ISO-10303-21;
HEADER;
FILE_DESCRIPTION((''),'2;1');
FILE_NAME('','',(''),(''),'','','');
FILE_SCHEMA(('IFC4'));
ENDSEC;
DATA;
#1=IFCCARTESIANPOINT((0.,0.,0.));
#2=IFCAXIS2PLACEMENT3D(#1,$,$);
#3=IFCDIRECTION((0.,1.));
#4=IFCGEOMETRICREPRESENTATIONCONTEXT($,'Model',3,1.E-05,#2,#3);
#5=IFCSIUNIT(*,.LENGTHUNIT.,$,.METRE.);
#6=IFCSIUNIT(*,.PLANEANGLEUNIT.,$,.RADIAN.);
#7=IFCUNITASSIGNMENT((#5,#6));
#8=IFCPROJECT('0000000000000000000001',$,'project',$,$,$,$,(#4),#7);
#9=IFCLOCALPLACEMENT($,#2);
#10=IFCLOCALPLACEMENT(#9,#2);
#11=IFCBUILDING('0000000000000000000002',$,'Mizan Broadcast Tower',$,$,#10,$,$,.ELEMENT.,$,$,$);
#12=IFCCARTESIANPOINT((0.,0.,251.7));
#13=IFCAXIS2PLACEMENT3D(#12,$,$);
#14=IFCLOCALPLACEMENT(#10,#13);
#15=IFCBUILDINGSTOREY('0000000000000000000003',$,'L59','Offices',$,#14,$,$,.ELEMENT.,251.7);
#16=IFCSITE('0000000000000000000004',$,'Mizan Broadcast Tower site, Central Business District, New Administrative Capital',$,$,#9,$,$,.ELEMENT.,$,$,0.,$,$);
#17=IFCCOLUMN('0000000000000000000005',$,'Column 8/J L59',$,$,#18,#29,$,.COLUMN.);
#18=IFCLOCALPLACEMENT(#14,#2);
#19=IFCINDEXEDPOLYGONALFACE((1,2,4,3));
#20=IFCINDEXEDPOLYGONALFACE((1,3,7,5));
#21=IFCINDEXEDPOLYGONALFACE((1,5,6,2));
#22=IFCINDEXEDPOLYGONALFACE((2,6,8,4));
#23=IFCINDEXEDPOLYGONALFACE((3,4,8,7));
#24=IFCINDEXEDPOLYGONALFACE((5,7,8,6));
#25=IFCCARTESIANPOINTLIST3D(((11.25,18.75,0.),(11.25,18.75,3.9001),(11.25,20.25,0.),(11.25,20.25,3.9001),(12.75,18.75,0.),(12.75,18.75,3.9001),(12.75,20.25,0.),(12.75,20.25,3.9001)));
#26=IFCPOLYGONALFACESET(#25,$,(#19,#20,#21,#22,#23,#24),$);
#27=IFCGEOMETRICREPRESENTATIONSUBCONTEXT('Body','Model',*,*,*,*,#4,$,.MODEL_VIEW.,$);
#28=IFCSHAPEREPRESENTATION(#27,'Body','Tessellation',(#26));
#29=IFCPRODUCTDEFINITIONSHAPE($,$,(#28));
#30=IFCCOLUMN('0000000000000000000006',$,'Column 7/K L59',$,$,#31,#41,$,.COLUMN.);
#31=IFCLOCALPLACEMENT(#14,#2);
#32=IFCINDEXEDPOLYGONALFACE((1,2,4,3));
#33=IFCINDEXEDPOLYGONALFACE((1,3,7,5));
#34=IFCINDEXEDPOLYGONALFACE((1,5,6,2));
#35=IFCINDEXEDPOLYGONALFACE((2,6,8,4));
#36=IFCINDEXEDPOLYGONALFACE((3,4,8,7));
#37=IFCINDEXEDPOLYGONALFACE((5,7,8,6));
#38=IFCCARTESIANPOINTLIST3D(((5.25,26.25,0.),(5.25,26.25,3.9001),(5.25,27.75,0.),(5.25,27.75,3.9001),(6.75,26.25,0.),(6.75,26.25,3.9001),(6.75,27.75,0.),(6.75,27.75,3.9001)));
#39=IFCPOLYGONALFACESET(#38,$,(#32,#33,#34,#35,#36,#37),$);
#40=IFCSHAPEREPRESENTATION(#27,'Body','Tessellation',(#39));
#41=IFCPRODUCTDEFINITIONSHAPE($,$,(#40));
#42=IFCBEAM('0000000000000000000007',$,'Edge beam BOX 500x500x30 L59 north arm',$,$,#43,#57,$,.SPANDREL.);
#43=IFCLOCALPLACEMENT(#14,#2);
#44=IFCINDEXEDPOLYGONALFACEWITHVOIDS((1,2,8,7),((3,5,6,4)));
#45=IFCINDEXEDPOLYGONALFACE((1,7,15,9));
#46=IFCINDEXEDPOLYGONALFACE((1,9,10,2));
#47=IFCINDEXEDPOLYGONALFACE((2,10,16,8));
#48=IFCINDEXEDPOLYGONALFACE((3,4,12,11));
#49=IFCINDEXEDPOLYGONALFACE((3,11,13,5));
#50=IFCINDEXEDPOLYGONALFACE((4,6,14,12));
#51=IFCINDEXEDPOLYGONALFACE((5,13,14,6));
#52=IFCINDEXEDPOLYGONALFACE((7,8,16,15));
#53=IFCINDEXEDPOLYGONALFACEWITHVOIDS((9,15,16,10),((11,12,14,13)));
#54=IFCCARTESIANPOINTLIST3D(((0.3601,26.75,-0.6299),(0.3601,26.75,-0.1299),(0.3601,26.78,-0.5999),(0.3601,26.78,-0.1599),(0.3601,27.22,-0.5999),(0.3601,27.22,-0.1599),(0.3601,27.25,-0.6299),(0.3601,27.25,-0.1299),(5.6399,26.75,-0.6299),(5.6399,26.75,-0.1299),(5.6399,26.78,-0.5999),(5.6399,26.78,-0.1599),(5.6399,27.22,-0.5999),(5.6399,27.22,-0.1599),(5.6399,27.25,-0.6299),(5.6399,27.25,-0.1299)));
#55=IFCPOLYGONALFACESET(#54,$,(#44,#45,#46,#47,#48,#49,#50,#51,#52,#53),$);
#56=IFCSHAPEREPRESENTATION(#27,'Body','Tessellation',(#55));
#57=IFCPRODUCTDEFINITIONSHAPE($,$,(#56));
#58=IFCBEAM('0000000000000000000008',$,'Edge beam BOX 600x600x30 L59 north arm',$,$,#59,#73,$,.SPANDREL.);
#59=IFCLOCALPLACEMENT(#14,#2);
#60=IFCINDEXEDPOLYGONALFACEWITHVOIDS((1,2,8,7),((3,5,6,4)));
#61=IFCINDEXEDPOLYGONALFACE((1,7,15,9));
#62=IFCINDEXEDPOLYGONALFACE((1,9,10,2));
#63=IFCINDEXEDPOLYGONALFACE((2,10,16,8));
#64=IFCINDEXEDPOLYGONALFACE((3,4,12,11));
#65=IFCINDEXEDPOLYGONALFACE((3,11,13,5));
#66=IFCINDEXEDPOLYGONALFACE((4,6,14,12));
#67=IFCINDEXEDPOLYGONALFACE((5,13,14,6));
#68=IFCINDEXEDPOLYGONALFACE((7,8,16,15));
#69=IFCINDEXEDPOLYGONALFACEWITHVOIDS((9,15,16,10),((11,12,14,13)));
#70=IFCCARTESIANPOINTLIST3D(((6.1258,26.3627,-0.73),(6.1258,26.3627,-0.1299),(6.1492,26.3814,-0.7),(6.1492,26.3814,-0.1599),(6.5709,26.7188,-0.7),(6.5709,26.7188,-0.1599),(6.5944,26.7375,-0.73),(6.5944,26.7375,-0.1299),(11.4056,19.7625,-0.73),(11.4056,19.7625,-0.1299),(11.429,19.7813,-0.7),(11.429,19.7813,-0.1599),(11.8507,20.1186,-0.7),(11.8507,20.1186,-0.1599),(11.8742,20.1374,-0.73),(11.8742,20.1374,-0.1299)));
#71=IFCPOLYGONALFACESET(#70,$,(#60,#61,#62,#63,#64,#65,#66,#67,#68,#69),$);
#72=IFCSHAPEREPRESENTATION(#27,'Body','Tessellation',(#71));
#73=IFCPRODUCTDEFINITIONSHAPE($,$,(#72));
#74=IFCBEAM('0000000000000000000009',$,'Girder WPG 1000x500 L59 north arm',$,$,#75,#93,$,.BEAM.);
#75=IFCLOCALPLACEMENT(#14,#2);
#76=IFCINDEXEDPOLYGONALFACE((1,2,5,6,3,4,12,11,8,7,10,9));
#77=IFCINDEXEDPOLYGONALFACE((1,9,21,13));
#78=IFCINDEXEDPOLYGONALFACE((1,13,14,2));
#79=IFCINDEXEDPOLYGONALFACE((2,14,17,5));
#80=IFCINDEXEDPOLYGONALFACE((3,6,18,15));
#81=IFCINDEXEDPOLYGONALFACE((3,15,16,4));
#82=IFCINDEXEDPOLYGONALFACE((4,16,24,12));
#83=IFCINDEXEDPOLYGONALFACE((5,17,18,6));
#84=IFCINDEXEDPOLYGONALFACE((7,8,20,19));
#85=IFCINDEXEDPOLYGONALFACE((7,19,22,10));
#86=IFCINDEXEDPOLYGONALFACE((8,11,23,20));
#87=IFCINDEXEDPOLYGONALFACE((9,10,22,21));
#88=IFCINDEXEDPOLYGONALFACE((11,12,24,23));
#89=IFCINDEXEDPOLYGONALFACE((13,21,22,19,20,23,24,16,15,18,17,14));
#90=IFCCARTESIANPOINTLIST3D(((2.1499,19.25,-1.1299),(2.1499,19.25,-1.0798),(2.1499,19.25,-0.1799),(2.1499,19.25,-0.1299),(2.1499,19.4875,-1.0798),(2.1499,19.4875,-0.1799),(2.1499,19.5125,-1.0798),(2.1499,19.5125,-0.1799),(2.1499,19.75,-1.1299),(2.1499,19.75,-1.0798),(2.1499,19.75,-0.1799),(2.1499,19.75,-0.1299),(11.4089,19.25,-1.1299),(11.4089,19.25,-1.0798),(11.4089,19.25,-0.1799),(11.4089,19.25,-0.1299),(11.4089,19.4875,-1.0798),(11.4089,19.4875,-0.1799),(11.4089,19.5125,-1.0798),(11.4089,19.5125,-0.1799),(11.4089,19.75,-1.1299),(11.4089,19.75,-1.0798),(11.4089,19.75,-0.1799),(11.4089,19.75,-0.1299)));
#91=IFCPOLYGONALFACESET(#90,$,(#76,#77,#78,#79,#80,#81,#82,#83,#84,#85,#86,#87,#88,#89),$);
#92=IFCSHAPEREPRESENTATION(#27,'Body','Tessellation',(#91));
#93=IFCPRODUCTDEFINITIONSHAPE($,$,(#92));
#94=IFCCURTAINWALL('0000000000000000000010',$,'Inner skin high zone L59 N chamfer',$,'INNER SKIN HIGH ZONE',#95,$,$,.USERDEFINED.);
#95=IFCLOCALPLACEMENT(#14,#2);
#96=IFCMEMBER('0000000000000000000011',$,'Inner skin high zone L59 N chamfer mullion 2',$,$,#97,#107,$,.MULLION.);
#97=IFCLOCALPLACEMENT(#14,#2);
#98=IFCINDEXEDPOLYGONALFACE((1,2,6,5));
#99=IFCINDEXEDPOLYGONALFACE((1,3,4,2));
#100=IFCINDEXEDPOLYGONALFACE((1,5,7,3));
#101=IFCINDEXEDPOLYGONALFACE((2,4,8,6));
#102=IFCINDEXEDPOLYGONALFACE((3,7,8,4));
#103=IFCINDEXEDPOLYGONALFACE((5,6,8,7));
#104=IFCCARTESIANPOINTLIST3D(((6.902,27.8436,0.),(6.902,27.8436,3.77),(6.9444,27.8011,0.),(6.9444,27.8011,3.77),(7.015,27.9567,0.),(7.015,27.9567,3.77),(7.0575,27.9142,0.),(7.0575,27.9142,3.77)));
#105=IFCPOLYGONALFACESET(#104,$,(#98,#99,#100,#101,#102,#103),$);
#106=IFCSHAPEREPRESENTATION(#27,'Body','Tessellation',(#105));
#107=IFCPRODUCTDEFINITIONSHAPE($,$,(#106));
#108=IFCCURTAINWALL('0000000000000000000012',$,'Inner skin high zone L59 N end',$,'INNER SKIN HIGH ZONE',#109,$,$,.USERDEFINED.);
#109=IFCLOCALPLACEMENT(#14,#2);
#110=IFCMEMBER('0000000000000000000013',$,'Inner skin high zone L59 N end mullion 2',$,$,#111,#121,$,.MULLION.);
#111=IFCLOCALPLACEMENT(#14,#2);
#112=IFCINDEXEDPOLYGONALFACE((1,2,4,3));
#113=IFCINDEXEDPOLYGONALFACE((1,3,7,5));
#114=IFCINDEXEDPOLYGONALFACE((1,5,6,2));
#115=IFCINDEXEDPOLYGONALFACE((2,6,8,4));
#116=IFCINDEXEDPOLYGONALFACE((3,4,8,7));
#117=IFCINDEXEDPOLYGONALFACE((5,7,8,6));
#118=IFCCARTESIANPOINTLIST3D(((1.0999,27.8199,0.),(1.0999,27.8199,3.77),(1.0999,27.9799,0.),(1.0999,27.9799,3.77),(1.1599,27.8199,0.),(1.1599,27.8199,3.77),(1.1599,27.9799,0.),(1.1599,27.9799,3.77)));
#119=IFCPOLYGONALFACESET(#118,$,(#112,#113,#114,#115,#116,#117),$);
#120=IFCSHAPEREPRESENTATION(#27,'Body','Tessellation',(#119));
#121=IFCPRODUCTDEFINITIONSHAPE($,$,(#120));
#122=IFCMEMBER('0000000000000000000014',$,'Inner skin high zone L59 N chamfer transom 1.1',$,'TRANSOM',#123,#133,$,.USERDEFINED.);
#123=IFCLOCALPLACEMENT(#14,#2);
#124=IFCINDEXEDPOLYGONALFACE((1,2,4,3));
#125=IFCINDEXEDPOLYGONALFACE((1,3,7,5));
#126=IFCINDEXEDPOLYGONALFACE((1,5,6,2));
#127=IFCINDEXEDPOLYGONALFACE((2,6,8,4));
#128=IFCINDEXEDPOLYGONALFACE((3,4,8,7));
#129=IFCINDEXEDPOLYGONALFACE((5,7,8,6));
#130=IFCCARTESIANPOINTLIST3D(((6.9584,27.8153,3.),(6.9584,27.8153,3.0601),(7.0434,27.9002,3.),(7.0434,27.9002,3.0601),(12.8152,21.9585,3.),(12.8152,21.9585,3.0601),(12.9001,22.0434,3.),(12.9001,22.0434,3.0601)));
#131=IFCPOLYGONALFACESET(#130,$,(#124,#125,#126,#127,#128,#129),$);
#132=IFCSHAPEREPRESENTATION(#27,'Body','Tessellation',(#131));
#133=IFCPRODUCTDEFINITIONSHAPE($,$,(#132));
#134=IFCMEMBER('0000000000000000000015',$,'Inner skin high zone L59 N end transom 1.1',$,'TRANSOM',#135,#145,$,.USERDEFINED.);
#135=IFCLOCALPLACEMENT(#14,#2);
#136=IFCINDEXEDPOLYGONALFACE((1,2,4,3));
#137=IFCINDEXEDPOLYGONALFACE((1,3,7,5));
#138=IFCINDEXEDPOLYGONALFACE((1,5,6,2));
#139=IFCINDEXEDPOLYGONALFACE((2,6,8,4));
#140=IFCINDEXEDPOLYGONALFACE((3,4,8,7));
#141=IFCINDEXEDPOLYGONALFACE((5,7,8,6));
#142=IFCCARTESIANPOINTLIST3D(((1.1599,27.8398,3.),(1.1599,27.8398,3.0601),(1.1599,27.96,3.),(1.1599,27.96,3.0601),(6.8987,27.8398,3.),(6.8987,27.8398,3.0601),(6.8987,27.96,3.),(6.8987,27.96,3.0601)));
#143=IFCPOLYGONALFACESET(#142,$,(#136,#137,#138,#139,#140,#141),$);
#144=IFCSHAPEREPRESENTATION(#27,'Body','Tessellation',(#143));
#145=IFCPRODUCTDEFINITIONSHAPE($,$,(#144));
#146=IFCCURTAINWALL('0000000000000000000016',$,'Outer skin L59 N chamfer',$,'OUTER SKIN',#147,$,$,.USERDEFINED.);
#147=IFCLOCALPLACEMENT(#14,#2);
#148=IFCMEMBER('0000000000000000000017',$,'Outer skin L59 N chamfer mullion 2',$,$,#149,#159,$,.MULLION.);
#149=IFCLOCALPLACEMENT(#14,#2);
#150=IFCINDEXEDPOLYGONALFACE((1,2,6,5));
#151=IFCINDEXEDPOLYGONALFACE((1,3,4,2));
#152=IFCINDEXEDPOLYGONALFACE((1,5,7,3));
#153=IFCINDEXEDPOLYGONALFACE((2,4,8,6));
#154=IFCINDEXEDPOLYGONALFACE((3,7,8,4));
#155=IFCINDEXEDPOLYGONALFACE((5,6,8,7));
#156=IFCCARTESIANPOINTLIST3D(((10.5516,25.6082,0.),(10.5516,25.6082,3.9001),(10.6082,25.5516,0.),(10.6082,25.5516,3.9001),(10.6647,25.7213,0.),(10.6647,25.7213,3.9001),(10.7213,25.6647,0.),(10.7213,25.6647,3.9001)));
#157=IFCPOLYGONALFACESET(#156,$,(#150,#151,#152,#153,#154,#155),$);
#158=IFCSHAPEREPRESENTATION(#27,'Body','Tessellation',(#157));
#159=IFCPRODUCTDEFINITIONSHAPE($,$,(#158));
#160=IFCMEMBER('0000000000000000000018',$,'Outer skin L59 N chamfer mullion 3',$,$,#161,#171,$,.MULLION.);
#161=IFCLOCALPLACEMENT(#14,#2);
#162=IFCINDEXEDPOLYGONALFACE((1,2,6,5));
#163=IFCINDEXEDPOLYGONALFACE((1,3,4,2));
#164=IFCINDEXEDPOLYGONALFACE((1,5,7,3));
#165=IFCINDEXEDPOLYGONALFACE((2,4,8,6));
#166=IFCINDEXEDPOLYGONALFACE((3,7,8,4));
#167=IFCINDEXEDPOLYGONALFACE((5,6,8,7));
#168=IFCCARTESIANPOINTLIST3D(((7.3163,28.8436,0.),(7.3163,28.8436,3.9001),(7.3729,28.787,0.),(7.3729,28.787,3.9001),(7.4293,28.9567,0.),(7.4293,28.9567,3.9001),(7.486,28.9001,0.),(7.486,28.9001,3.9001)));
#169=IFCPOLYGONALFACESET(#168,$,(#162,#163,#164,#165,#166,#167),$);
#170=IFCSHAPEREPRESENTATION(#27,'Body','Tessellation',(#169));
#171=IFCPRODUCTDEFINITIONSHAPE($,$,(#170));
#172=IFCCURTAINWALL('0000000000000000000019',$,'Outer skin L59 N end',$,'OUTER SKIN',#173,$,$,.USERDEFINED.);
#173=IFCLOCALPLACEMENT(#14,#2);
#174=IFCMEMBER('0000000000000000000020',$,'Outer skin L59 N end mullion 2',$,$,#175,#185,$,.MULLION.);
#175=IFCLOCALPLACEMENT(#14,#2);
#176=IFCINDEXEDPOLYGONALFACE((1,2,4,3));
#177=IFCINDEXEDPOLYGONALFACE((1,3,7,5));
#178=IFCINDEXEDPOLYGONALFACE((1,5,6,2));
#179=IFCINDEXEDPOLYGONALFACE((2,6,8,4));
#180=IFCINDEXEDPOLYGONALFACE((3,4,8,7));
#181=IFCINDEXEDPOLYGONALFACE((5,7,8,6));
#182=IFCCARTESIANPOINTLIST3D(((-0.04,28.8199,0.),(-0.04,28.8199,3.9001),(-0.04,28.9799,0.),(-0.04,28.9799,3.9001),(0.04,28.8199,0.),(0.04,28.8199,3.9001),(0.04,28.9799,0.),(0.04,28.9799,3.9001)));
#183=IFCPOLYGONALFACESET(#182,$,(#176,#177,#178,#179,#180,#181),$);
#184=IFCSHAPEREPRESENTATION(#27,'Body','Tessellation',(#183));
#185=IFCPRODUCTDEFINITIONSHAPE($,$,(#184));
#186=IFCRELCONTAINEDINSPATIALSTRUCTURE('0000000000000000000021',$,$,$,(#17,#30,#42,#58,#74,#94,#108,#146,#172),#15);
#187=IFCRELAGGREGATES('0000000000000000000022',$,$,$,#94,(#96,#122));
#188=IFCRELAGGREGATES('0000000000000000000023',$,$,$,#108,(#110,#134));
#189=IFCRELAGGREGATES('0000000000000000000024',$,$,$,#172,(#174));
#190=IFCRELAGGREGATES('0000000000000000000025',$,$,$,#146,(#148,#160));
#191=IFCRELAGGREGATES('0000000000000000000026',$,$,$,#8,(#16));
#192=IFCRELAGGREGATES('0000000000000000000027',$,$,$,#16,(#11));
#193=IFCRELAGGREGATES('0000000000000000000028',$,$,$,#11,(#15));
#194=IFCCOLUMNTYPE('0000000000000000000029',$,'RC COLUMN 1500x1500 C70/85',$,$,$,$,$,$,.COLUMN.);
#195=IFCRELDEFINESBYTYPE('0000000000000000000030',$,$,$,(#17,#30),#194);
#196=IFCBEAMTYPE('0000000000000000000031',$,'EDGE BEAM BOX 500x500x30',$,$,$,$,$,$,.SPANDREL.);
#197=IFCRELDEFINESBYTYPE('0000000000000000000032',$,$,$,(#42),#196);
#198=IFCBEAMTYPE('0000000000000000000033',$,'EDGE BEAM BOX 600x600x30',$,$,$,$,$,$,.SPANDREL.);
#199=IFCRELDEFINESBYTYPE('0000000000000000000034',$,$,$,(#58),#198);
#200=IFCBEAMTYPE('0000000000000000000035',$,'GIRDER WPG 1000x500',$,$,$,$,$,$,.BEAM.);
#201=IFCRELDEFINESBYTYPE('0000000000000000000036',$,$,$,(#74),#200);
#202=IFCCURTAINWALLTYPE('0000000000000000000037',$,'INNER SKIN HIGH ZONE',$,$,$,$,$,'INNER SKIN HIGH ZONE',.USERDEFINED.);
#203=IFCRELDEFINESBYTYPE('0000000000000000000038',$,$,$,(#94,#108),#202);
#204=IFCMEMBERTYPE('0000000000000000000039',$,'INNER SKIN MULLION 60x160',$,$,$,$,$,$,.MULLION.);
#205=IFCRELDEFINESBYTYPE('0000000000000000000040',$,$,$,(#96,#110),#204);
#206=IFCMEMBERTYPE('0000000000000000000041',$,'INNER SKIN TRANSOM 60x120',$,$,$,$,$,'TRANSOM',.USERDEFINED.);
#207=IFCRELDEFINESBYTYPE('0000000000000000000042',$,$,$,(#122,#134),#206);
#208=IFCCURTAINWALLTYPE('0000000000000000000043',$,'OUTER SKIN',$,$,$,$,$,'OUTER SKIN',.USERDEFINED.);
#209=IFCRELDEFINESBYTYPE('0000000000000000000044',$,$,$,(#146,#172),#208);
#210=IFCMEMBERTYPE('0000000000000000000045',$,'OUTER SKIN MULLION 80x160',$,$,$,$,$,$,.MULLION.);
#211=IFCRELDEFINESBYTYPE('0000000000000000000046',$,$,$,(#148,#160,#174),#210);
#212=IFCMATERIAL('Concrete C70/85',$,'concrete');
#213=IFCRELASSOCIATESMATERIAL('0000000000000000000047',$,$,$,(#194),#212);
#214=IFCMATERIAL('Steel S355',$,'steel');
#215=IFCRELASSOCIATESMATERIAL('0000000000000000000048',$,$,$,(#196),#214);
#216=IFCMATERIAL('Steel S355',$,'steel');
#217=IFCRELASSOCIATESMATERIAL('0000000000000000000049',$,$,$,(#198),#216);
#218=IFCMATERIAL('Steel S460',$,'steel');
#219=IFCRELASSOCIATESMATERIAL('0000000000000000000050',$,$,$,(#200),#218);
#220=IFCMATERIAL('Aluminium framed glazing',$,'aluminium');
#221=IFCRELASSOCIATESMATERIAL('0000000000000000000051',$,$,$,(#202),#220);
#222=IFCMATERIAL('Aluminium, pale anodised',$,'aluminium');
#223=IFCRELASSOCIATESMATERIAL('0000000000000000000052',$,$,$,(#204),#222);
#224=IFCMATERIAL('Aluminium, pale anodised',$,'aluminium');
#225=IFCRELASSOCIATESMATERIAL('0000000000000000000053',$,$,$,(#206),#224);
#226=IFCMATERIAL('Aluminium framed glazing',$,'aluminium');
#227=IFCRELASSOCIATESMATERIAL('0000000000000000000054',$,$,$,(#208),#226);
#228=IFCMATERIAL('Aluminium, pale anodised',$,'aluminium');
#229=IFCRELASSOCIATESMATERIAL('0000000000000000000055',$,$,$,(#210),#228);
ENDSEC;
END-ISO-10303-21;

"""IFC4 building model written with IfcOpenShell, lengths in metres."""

from ifc_helpers import new_model, si_unit, direction, frame, origin, origin_2d, place, context, subcontext, project, spatial, rectangle, hollow_rectangle, i_section, extrude, material, material_profile, profile_set, type_object, element, aggregate, save


model = new_model("IFC4")

# Units and contexts
model_context = context("Model", 3, precision=1e-05, world=origin(), true_north=direction((0.0, 1.0)))
body_context = subcontext(model_context, "Body", "Model", "MODEL_VIEW")
ifc_project = project(units=[si_unit("LENGTHUNIT", "METRE"), si_unit("PLANEANGLEUNIT", "RADIAN")], contexts=[model_context])

# Site, building, storey
site_placement = place(None, origin())
site = spatial("IfcSite", under=ifc_project, at=site_placement, Name="Mizan Broadcast Tower site, Central Business District, New Administrative Capital", CompositionType="ELEMENT", RefElevation=0.0)
building_placement = place(site_placement, origin())
building = spatial("IfcBuilding", under=site, at=building_placement, Name="Mizan Broadcast Tower", CompositionType="ELEMENT")
storey_placement = place(building_placement, frame((0.0, 0.0, 251.7)))
storey = spatial("IfcBuildingStorey", under=building, at=storey_placement, Name="L59", Description="Offices", CompositionType="ELEMENT", Elevation=251.7)

# Columns
ifc_material_1 = material(Name="Concrete C70/85", Category="concrete")
ifc_material_profile_1 = material_profile(ifc_material_1, rectangle(XDim=1.5, YDim=1.5, at=origin_2d()), Name="RC 1500x1500")
ifc_profile_set_1 = profile_set([ifc_material_profile_1], Name="Concrete C70/85")
column_type = type_object("IfcColumnType", Name="RC COLUMN 1500x1500 C70/85", PredefinedType="COLUMN", material=ifc_profile_set_1)
for number, where, z_axis, x_axis, name in (
    (1, (12.0, 19.5, 0.0), (0.0, 0.0, 1.0), (1.0, 0.0, 0.0), "Column 8/J L59"),
    (2, (6.0, 27.0, 0.0), (0.0, 0.0, 1.0), (1.0, 0.0, 0.0), "Column 7/K L59"),
):
    element("IfcColumn", number, at=place(storey_placement, frame(where, z_axis=z_axis, x_axis=x_axis)), inside=storey, type_object=column_type, Name=name, PredefinedType="COLUMN", context=body_context, shape_type="SweptSolid", body=[
        extrude(rectangle(XDim=1.5, YDim=1.5, at=origin_2d()), origin(), (0.0, 0.0, 1.0), 3.9001),
    ])

# Beams
ifc_material_2 = material(Name="Steel S355", Category="steel")
ifc_material_profile_2 = material_profile(ifc_material_2, hollow_rectangle(XDim=0.5, YDim=0.5, WallThickness=0.03, at=origin_2d()), Name="BOX 500x500x30")
ifc_profile_set_2 = profile_set([ifc_material_profile_2], Name="Steel S355")
beam_type_1 = type_object("IfcBeamType", Name="EDGE BEAM BOX 500x500x30", PredefinedType="SPANDREL", material=ifc_profile_set_2)
beam_1_placement = place(storey_placement, frame((5.6399, 27.0, -0.3799), z_axis=(-1.0, 0.0, 0.0), x_axis=(0.0, -1.0, 0.0)))
element("IfcBeam", 3, at=beam_1_placement, inside=storey, type_object=beam_type_1, Name="Edge beam BOX 500x500x30 L59 north arm", PredefinedType="SPANDREL", context=body_context, shape_type="SweptSolid", body=[
    extrude(hollow_rectangle(XDim=0.5, YDim=0.5, WallThickness=0.03, at=origin_2d()), origin(), (0.0, 0.0, 1.0), 5.2798),
])
ifc_material_3 = material(Name="Steel S355", Category="steel")
ifc_material_profile_3 = material_profile(ifc_material_3, hollow_rectangle(XDim=0.6001, YDim=0.6001, WallThickness=0.03, at=origin_2d()), Name="BOX 600x600x30")
ifc_profile_set_3 = profile_set([ifc_material_profile_3], Name="Steel S355")
beam_type_2 = type_object("IfcBeamType", Name="EDGE BEAM BOX 600x600x30", PredefinedType="SPANDREL", material=ifc_profile_set_3)
beam_2_placement = place(storey_placement, frame((11.6399, 19.95, -0.4299), z_axis=(-0.624674, 0.780886, 0.0), x_axis=(-0.780886, -0.624674, 0.0)))
element("IfcBeam", 4, at=beam_2_placement, inside=storey, type_object=beam_type_2, Name="Edge beam BOX 600x600x30 L59 north arm", PredefinedType="SPANDREL", context=body_context, shape_type="SweptSolid", body=[
    extrude(hollow_rectangle(XDim=0.6001, YDim=0.6001, WallThickness=0.03, at=origin_2d()), origin(), (0.0, 0.0, 1.0), 8.4521),
])
ifc_material_4 = material(Name="Steel S460", Category="steel")
ifc_material_profile_4 = material_profile(ifc_material_4, i_section(OverallWidth=0.5, OverallDepth=1.0, WebThickness=0.0249, FlangeThickness=0.05, at=origin_2d()), Name="WPG 1000x500")
ifc_profile_set_4 = profile_set([ifc_material_profile_4], Name="Steel S460")
beam_type_3 = type_object("IfcBeamType", Name="GIRDER WPG 1000x500", PredefinedType="BEAM", material=ifc_profile_set_4)
beam_3_placement = place(storey_placement, frame((11.4089, 19.5, -0.6299), z_axis=(-1.0, 0.0, 0.0), x_axis=(0.0, -1.0, 0.0)))
element("IfcBeam", 5, at=beam_3_placement, inside=storey, type_object=beam_type_3, Name="Girder WPG 1000x500 L59 north arm", PredefinedType="BEAM", context=body_context, shape_type="SweptSolid", body=[
    extrude(i_section(OverallWidth=0.5, OverallDepth=1.0, WebThickness=0.0249, FlangeThickness=0.05, at=origin_2d()), origin(), (0.0, 0.0, 1.0), 9.259),
])

# Curtain walls, members
ifc_material_5 = material(Name="Aluminium framed glazing", Category="aluminium")
curtain_wall_type_1 = type_object("IfcCurtainWallType", Name="INNER SKIN HIGH ZONE", ElementType="INNER SKIN HIGH ZONE", PredefinedType="USERDEFINED", material=ifc_material_5)
curtain_wall_1_placement = place(storey_placement, origin())
curtain_wall_1 = element("IfcCurtainWall", 6, at=curtain_wall_1_placement, inside=storey, type_object=curtain_wall_type_1, Name="Inner skin high zone L59 N chamfer", ObjectType="INNER SKIN HIGH ZONE", PredefinedType="USERDEFINED")
ifc_material_6 = material(Name="Aluminium, pale anodised", Category="aluminium")
ifc_material_profile_5 = material_profile(ifc_material_6, rectangle(XDim=0.1599, YDim=0.0601, at=origin_2d()), Name="MULLION 160x60")
ifc_profile_set_5 = profile_set([ifc_material_profile_5], Name="Aluminium, pale anodised")
member_type_1 = type_object("IfcMemberType", Name="INNER SKIN MULLION 60x160", PredefinedType="MULLION", material=ifc_profile_set_5)
member_1_placement = place(storey_placement, frame((6.9797, 27.8789, 0.0), z_axis=(0.0, 0.0, 1.0), x_axis=(-0.707107, -0.707107, 0.0)))
member_1 = element("IfcMember", 7, at=member_1_placement, type_object=member_type_1, Name="Inner skin high zone L59 N chamfer mullion 2", PredefinedType="MULLION", context=body_context, shape_type="SweptSolid", body=[
    extrude(rectangle(XDim=0.1599, YDim=0.0601, at=origin_2d()), origin(), (0.0, 0.0, 1.0), 3.77),
])
curtain_wall_2_placement = place(storey_placement, origin())
curtain_wall_2 = element("IfcCurtainWall", 8, at=curtain_wall_2_placement, inside=storey, type_object=curtain_wall_type_1, Name="Inner skin high zone L59 N end", ObjectType="INNER SKIN HIGH ZONE", PredefinedType="USERDEFINED")
member_2_placement = place(storey_placement, frame((1.1299, 27.8999, 0.0), z_axis=(0.0, 0.0, 1.0), x_axis=(0.0, -1.0, 0.0)))
member_2 = element("IfcMember", 9, at=member_2_placement, type_object=member_type_1, Name="Inner skin high zone L59 N end mullion 2", PredefinedType="MULLION", context=body_context, shape_type="SweptSolid", body=[
    extrude(rectangle(XDim=0.1599, YDim=0.0601, at=origin_2d()), origin(), (0.0, 0.0, 1.0), 3.77),
])

# Members
ifc_material_7 = material(Name="Aluminium, pale anodised", Category="aluminium")
ifc_material_profile_6 = material_profile(ifc_material_7, rectangle(XDim=0.1201, YDim=0.0601, at=origin_2d()), Name="TRANSOM 120x60")
ifc_profile_set_6 = profile_set([ifc_material_profile_6], Name="Aluminium, pale anodised")
member_type_2 = type_object("IfcMemberType", Name="INNER SKIN TRANSOM 60x120", ElementType="TRANSOM", PredefinedType="USERDEFINED", material=ifc_profile_set_6)
member_3_placement = place(storey_placement, frame((12.8577, 22.001, 3.03), z_axis=(-0.707107, 0.707107, 0.0), x_axis=(-0.707107, -0.707107, 0.0)))
member_3 = element("IfcMember", 10, at=member_3_placement, type_object=member_type_2, Name="Inner skin high zone L59 N chamfer transom 1.1", ObjectType="TRANSOM", PredefinedType="USERDEFINED", context=body_context, shape_type="SweptSolid", body=[
    extrude(rectangle(XDim=0.1201, YDim=0.0601, at=origin_2d()), origin(), (0.0, 0.0, 1.0), 8.2827),
])
member_4_placement = place(storey_placement, frame((6.8987, 27.8999, 3.03), z_axis=(-1.0, 0.0, 0.0), x_axis=(0.0, -1.0, 0.0)))
member_4 = element("IfcMember", 11, at=member_4_placement, type_object=member_type_2, Name="Inner skin high zone L59 N end transom 1.1", ObjectType="TRANSOM", PredefinedType="USERDEFINED", context=body_context, shape_type="SweptSolid", body=[
    extrude(rectangle(XDim=0.1201, YDim=0.0601, at=origin_2d()), origin(), (0.0, 0.0, 1.0), 5.7388),
])

# Curtain wall, members
ifc_material_8 = material(Name="Aluminium framed glazing", Category="aluminium")
curtain_wall_type_2 = type_object("IfcCurtainWallType", Name="OUTER SKIN", ElementType="OUTER SKIN", PredefinedType="USERDEFINED", material=ifc_material_8)
curtain_wall_3_placement = place(storey_placement, origin())
curtain_wall_3 = element("IfcCurtainWall", 12, at=curtain_wall_3_placement, inside=storey, type_object=curtain_wall_type_2, Name="Outer skin L59 N chamfer", ObjectType="OUTER SKIN", PredefinedType="USERDEFINED")
ifc_material_9 = material(Name="Aluminium, pale anodised", Category="aluminium")
ifc_material_profile_7 = material_profile(ifc_material_9, rectangle(XDim=0.1599, YDim=0.0801, at=origin_2d()), Name="MULLION 160x80")
ifc_profile_set_7 = profile_set([ifc_material_profile_7], Name="Aluminium, pale anodised")
member_type_3 = type_object("IfcMemberType", Name="OUTER SKIN MULLION 80x160", PredefinedType="MULLION", material=ifc_profile_set_7)
member_5_placement = place(storey_placement, frame((10.6365, 25.6365, 0.0), z_axis=(0.0, 0.0, 1.0), x_axis=(-0.707107, -0.707107, 0.0)))
member_5 = element("IfcMember", 13, at=member_5_placement, type_object=member_type_3, Name="Outer skin L59 N chamfer mullion 2", PredefinedType="MULLION", context=body_context, shape_type="SweptSolid", body=[
    extrude(rectangle(XDim=0.1599, YDim=0.0801, at=origin_2d()), origin(), (0.0, 0.0, 1.0), 3.9001),
])
member_6_placement = place(storey_placement, frame((7.4011, 28.8718, 0.0), z_axis=(0.0, 0.0, 1.0), x_axis=(-0.707107, -0.707107, 0.0)))
member_6 = element("IfcMember", 14, at=member_6_placement, type_object=member_type_3, Name="Outer skin L59 N chamfer mullion 3", PredefinedType="MULLION", context=body_context, shape_type="SweptSolid", body=[
    extrude(rectangle(XDim=0.1599, YDim=0.0801, at=origin_2d()), origin(), (0.0, 0.0, 1.0), 3.9001),
])

# Curtain wall, member
curtain_wall_4_placement = place(storey_placement, origin())
curtain_wall_4 = element("IfcCurtainWall", 15, at=curtain_wall_4_placement, inside=storey, type_object=curtain_wall_type_2, Name="Outer skin L59 N end", ObjectType="OUTER SKIN", PredefinedType="USERDEFINED")
member_7_placement = place(storey_placement, frame((0.0, 28.8999, 0.0), z_axis=(0.0, 0.0, 1.0), x_axis=(0.0, -1.0, 0.0)))
member_7 = element("IfcMember", 16, at=member_7_placement, type_object=member_type_3, Name="Outer skin L59 N end mullion 2", PredefinedType="MULLION", context=body_context, shape_type="SweptSolid", body=[
    extrude(rectangle(XDim=0.1599, YDim=0.0801, at=origin_2d()), origin(), (0.0, 0.0, 1.0), 3.9001),
])

aggregate(curtain_wall_1, [member_1, member_3])
aggregate(curtain_wall_2, [member_2, member_4])
aggregate(curtain_wall_4, [member_7])
aggregate(curtain_wall_3, [member_5, member_6])

save(model, "model.ifc")
